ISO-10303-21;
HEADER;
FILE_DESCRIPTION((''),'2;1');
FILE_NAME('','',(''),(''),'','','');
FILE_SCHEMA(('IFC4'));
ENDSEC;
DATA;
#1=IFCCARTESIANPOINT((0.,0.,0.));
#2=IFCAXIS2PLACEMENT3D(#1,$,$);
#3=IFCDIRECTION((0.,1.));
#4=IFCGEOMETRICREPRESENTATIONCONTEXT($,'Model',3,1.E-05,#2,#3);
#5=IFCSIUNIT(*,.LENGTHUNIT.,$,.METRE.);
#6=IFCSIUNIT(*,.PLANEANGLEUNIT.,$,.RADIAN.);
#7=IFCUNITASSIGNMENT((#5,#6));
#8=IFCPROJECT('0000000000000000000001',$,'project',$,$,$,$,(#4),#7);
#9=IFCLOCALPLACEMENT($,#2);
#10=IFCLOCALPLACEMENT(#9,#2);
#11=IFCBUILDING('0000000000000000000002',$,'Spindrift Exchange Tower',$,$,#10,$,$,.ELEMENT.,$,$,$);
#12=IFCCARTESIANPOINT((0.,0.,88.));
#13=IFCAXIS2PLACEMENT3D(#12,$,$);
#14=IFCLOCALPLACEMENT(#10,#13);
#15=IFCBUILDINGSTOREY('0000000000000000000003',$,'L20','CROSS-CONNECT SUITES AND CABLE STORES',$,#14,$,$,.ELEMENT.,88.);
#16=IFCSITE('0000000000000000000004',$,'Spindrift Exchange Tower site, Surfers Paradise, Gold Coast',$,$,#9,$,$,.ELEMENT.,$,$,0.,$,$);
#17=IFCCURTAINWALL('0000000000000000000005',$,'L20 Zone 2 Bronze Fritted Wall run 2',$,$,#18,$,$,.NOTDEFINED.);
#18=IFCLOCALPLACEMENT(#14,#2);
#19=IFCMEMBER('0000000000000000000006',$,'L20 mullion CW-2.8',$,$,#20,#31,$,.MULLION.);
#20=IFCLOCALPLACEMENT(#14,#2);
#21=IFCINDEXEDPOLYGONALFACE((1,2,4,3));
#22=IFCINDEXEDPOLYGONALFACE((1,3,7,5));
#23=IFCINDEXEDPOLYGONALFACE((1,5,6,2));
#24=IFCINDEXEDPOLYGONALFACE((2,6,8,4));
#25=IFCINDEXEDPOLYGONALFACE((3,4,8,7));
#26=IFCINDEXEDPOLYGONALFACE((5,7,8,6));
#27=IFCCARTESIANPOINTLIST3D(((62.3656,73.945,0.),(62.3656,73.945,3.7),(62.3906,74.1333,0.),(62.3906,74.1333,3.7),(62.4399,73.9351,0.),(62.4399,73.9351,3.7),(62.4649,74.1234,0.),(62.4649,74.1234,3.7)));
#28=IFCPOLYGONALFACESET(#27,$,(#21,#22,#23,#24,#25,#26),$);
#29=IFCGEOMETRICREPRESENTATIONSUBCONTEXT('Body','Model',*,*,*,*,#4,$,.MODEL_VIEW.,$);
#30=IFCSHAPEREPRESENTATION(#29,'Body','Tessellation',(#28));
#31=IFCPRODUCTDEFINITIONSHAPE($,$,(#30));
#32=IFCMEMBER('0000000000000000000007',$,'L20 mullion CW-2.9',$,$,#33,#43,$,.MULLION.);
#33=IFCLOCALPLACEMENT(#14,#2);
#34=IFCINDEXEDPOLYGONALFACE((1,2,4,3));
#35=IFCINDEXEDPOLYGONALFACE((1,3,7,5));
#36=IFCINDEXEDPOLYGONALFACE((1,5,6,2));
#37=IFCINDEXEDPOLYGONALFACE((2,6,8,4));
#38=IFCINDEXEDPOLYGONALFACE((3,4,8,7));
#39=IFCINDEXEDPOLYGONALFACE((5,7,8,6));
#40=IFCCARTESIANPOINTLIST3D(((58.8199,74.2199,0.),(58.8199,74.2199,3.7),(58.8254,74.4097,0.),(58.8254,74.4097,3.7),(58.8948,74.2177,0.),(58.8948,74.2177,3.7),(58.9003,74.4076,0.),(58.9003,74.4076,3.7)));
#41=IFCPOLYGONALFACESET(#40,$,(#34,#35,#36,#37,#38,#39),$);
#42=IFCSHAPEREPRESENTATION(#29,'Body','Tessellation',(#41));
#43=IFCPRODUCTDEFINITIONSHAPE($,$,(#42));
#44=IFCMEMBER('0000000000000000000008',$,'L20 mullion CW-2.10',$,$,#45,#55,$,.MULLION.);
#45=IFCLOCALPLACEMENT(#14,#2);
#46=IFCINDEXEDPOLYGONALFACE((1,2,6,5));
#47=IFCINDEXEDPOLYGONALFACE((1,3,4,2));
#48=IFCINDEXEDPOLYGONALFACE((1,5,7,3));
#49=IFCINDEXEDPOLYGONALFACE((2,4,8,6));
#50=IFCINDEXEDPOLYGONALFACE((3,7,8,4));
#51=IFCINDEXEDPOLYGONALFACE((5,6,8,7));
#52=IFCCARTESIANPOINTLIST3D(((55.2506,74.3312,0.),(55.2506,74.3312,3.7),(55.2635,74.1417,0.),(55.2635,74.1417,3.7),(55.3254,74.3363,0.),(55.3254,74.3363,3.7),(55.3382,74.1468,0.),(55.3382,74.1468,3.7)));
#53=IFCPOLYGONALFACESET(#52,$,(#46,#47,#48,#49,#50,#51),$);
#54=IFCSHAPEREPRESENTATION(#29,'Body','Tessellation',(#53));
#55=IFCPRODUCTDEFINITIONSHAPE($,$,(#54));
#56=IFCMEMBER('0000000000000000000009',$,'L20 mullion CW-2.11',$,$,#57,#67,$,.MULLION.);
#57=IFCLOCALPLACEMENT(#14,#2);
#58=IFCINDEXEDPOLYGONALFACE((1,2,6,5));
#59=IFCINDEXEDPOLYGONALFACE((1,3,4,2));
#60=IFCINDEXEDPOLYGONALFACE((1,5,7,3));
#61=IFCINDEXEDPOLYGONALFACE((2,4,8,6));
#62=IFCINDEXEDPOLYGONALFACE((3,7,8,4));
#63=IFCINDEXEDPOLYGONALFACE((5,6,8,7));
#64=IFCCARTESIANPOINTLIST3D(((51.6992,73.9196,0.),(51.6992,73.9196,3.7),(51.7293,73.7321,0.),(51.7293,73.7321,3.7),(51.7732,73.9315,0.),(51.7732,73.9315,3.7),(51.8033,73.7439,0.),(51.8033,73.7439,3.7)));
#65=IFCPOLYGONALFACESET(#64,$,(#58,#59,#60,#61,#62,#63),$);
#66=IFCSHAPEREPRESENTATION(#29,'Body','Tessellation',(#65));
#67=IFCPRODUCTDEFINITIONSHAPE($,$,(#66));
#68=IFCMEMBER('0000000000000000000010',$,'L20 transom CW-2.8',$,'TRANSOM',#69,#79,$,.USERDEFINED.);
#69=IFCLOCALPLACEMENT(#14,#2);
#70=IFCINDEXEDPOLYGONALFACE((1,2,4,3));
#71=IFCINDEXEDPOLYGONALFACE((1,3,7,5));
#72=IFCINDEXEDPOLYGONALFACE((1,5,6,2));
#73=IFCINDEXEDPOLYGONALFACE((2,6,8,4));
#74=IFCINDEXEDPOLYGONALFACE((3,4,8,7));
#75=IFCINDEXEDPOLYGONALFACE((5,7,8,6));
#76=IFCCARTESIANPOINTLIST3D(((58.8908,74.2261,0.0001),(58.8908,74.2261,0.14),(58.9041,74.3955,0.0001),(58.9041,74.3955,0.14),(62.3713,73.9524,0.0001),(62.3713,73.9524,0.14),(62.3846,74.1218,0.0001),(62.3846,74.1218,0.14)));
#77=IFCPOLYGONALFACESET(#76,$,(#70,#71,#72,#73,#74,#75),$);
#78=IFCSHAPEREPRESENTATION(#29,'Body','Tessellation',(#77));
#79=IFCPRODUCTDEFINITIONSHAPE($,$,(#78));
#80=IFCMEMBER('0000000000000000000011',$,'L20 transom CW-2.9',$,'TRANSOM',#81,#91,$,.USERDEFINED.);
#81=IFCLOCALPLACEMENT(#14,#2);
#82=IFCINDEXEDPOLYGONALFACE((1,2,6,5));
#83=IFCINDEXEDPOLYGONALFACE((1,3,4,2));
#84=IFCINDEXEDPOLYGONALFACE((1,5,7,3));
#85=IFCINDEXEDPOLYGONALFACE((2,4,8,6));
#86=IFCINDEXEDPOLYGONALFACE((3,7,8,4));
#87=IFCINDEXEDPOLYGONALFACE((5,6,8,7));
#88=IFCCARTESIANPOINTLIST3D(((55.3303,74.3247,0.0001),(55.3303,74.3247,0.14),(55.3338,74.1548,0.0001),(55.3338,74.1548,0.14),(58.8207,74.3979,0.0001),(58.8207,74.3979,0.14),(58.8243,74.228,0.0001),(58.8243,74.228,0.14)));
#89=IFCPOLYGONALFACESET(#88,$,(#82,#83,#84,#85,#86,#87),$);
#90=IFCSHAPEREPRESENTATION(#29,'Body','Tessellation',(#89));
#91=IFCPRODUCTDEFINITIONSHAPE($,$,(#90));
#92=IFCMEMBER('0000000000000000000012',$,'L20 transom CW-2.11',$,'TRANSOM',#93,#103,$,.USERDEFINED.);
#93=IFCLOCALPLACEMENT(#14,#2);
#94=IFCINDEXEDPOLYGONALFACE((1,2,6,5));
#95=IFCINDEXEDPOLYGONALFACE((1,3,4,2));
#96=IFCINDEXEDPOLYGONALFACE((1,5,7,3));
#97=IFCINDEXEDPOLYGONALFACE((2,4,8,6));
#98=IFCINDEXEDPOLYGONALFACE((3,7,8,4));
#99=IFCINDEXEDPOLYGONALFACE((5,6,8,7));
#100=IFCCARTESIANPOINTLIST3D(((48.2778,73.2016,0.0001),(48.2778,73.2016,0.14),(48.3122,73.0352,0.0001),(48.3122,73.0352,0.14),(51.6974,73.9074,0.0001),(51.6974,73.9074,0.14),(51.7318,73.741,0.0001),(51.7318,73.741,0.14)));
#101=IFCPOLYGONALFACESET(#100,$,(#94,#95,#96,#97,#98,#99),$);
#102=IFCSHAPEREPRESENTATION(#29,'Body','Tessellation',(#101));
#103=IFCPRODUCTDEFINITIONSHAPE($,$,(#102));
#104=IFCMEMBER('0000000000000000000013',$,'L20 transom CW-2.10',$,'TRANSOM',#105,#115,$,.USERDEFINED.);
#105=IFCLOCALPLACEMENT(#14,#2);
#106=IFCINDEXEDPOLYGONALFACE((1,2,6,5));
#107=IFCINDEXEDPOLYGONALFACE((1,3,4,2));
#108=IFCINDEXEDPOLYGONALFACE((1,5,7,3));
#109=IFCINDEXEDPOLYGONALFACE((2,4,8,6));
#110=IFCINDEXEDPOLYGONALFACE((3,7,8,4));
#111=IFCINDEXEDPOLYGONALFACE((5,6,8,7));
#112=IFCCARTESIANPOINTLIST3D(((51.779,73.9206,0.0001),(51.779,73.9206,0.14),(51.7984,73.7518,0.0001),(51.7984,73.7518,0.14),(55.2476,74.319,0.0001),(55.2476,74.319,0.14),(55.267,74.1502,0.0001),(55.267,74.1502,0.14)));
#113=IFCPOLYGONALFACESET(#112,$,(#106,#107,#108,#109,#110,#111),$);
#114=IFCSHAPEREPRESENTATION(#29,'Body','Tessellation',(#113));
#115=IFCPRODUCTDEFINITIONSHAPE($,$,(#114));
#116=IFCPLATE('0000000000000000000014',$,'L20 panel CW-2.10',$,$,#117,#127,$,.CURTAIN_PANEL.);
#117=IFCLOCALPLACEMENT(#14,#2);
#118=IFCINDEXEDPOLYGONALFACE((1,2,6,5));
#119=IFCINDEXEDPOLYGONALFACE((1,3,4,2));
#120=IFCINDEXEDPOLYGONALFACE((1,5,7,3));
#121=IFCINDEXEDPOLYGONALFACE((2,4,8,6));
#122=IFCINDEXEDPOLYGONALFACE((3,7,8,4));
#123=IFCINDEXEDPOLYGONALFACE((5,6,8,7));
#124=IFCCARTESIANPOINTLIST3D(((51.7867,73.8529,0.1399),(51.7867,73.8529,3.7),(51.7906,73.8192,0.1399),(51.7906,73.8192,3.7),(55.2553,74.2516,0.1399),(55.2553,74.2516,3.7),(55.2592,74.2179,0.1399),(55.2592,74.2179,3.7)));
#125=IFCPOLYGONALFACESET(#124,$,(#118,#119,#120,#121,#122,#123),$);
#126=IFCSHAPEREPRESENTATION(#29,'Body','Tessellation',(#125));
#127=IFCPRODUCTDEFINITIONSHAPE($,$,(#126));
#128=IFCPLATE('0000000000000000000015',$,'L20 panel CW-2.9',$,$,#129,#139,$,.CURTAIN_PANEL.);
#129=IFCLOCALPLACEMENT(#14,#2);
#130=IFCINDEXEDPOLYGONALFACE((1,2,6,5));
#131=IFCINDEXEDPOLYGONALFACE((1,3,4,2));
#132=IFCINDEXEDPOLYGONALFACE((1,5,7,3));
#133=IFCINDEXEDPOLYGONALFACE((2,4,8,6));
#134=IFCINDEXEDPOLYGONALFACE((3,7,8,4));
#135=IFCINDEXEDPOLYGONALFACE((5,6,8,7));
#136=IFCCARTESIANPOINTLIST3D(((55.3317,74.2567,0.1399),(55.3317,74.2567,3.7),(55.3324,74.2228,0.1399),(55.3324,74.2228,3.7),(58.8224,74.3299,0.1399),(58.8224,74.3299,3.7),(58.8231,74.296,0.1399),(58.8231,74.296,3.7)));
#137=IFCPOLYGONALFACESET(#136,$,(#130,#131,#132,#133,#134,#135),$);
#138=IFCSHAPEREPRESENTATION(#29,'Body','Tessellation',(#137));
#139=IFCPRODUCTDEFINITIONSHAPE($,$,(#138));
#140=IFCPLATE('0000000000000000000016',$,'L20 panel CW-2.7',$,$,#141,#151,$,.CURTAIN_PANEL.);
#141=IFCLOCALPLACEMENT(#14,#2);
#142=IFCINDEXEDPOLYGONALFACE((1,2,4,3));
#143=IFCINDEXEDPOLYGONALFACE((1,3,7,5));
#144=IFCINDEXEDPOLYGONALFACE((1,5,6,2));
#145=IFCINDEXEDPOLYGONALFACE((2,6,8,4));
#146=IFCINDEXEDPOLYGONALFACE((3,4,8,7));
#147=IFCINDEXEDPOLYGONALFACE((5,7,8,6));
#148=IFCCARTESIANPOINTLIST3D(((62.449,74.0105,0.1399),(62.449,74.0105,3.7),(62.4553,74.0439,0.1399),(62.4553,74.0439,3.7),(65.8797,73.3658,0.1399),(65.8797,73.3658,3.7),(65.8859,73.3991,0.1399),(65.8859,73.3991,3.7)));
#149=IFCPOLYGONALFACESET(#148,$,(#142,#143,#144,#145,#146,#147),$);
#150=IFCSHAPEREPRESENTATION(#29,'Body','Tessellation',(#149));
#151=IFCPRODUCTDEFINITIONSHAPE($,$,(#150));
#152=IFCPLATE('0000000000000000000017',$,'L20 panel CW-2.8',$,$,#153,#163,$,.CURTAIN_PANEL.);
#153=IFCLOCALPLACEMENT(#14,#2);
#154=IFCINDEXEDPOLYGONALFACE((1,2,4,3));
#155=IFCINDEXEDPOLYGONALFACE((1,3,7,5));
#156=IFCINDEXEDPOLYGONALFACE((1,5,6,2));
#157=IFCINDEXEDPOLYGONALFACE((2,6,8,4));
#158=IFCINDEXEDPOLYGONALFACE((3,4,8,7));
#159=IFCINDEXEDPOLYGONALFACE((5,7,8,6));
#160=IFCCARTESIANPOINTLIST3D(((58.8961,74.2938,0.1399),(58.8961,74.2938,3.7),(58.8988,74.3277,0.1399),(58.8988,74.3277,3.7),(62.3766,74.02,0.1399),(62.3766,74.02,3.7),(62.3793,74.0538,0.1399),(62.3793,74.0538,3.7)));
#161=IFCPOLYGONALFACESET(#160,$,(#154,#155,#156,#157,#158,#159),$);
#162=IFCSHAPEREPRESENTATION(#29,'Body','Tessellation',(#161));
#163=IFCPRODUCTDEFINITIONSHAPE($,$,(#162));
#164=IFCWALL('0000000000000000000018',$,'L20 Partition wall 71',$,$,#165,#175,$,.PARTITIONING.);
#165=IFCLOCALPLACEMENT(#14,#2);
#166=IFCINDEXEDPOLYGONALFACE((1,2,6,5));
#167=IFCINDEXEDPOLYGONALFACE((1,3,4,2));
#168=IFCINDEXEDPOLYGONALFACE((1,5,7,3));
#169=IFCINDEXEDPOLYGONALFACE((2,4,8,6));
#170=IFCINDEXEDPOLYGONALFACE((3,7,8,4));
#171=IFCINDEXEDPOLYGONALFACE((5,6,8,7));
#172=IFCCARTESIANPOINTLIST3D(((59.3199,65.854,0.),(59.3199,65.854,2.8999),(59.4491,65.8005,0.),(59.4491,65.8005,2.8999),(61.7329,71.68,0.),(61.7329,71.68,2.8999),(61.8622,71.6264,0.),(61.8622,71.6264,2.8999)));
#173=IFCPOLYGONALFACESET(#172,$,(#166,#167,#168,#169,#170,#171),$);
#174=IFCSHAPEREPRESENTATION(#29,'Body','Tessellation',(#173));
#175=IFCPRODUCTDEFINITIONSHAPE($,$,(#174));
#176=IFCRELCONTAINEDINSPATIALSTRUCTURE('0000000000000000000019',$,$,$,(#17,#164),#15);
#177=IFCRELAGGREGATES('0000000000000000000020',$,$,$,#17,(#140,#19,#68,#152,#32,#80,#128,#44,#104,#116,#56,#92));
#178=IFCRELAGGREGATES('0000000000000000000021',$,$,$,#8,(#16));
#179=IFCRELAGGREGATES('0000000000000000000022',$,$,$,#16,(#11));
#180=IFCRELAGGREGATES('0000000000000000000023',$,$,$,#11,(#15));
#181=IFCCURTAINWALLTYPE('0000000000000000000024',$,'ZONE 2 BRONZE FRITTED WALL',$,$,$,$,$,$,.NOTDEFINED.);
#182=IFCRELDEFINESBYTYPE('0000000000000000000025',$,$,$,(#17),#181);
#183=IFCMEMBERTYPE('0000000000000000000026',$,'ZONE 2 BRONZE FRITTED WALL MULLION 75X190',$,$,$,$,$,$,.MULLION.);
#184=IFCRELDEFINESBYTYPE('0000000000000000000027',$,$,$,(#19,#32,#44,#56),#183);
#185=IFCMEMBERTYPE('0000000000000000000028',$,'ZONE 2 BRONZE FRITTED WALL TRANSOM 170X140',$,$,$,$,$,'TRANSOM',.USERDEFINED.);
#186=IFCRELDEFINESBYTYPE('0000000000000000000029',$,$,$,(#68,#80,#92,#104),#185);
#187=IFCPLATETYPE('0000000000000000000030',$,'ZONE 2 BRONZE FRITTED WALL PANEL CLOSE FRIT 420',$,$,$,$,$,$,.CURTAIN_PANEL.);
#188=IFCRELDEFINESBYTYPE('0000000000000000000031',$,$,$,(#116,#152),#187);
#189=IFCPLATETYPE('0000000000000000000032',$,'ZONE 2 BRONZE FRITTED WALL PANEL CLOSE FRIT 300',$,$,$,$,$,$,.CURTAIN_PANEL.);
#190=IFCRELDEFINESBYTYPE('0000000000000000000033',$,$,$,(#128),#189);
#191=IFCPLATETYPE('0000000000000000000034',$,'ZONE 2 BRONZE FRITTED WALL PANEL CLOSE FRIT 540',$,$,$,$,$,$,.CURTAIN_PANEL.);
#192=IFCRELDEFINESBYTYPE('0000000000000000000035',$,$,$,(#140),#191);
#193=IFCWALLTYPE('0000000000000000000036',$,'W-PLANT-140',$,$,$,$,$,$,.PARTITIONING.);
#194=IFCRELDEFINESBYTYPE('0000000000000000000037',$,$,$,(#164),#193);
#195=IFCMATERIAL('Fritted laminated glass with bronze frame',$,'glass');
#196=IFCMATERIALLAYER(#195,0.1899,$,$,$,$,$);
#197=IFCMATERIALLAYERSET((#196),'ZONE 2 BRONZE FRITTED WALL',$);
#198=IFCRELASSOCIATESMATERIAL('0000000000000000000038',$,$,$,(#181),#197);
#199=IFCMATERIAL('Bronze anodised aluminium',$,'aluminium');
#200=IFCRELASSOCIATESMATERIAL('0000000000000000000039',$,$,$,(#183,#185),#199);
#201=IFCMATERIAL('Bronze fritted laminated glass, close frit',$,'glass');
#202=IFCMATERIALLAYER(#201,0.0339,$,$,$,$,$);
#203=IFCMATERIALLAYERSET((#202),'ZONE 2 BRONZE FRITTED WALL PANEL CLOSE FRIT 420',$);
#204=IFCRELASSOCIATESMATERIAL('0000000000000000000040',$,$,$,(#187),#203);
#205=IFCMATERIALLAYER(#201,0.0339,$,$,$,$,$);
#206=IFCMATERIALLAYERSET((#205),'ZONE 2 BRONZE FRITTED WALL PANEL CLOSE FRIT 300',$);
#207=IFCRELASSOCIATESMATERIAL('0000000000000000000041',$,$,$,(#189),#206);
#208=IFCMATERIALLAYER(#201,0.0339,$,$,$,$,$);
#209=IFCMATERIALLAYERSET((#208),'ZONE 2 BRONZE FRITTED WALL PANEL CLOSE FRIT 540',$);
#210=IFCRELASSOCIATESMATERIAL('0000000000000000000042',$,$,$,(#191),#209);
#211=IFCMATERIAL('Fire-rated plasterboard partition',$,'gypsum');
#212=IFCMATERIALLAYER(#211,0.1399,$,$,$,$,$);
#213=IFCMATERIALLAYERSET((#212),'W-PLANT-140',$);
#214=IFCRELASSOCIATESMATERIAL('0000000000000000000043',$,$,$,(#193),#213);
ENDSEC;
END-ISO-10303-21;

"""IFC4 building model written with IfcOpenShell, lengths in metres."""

from ifc_helpers import new_model, si_unit, direction, frame, frame_2d, origin, origin_2d, place, context, subcontext, project, spatial, rectangle, extrude, source, transform, mapped, material, layer, layer_set, material_profile, profile_set, type_object, element, aggregate, save


model = new_model("IFC4")

# Units and contexts
model_context = context("Model", 3, precision=1e-05, world=origin(), true_north=direction((0.0, 1.0)))
body_context = subcontext(model_context, "Body", "Model", "MODEL_VIEW")
ifc_project = project(units=[si_unit("LENGTHUNIT", "METRE"), si_unit("PLANEANGLEUNIT", "RADIAN")], contexts=[model_context])

# Site, building, storey
site_placement = place(None, origin())
site = spatial("IfcSite", under=ifc_project, at=site_placement, Name="Spindrift Exchange Tower site, Surfers Paradise, Gold Coast", CompositionType="ELEMENT", RefElevation=0.0)
building_placement = place(site_placement, origin())
building = spatial("IfcBuilding", under=site, at=building_placement, Name="Spindrift Exchange Tower", CompositionType="ELEMENT")
storey_placement = place(building_placement, frame((0.0, 0.0, 88.0)))
storey = spatial("IfcBuildingStorey", under=building, at=storey_placement, Name="L20", Description="CROSS-CONNECT SUITES AND CABLE STORES", CompositionType="ELEMENT", Elevation=88.0)

# Curtain wall, members, plates
ifc_material_1 = material(Name="Fritted laminated glass with bronze frame", Category="glass")
ifc_layer_1 = layer(ifc_material_1, 0.1899)
ifc_layer_set_1 = layer_set([ifc_layer_1], Name="ZONE 2 BRONZE FRITTED WALL")
curtain_wall_type = type_object("IfcCurtainWallType", Name="ZONE 2 BRONZE FRITTED WALL", PredefinedType="NOTDEFINED", material=ifc_layer_set_1)
curtain_wall_placement = place(storey_placement, origin())
curtain_wall = element("IfcCurtainWall", 1, at=curtain_wall_placement, inside=storey, type_object=curtain_wall_type, Name="L20 Zone 2 Bronze Fritted Wall run 2", PredefinedType="NOTDEFINED")
ifc_material_2 = material(Name="Bronze anodised aluminium", Category="aluminium")
ifc_material_profile_1 = material_profile(ifc_material_2, rectangle(XDim=0.075, YDim=0.1899, at=origin_2d()), Name="ZONE 2 BRONZE FRITTED WALL MULLION 75X190")
ifc_profile_set_1 = profile_set([ifc_material_profile_1], Name="Bronze anodised aluminium")
member_type_1 = type_object("IfcMemberType", Name="ZONE 2 BRONZE FRITTED WALL MULLION 75X190", PredefinedType="MULLION", material=ifc_profile_set_1)
shared_shape_1 = source(origin(), body_context, "Body", "SweptSolid", [
    extrude(rectangle(XDim=0.075, YDim=0.1899, at=origin_2d()), origin(), (0.0, 0.0, 1.0), 3.7),
])
member_1_placement = place(storey_placement, frame((62.4153, 74.0342, 0.0), z_axis=(0.0, 0.0, 1.0), x_axis=(-0.991283, 0.131753, 0.0)))
member_1 = element("IfcMember", 2, at=member_1_placement, type_object=member_type_1, Name="L20 mullion CW-2.8", PredefinedType="MULLION", context=body_context, shape_type="MappedRepresentation", body=[
    mapped(shared_shape_1, transform((0.0, 0.0, 0.0), scale=1.0)),
])
member_2_placement = place(storey_placement, frame((58.8601, 74.3137, 0.0), z_axis=(0.0, 0.0, 1.0), x_axis=(-0.999586, 0.028764, 0.0)))
member_2 = element("IfcMember", 3, at=member_2_placement, type_object=member_type_1, Name="L20 mullion CW-2.9", PredefinedType="MULLION", context=body_context, shape_type="MappedRepresentation", body=[
    mapped(shared_shape_1, transform((0.0, 0.0, 0.0), scale=1.0)),
])
member_3_placement = place(storey_placement, frame((55.2944, 74.239, 0.0), z_axis=(0.0, 0.0, 1.0), x_axis=(-0.997709, -0.067647, 0.0)))
member_3 = element("IfcMember", 4, at=member_3_placement, type_object=member_type_1, Name="L20 mullion CW-2.10", PredefinedType="MULLION", context=body_context, shape_type="MappedRepresentation", body=[
    mapped(shared_shape_1, transform((0.0, 0.0, 0.0), scale=1.0)),
])
member_4_placement = place(storey_placement, frame((51.7512, 73.8318, 0.0), z_axis=(0.0, 0.0, 1.0), x_axis=(-0.98739, -0.158306, 0.0)))
member_4 = element("IfcMember", 5, at=member_4_placement, type_object=member_type_1, Name="L20 mullion CW-2.11", PredefinedType="MULLION", context=body_context, shape_type="MappedRepresentation", body=[
    mapped(shared_shape_1, transform((0.0, 0.0, 0.0), scale=1.0)),
])
ifc_material_profile_2 = material_profile(ifc_material_2, rectangle(XDim=0.1699, YDim=0.1399, at=origin_2d()), Name="ZONE 2 BRONZE FRITTED WALL TRANSOM 170X140")
ifc_profile_set_2 = profile_set([ifc_material_profile_2], Name="Bronze anodised aluminium")
member_type_2 = type_object("IfcMemberType", Name="ZONE 2 BRONZE FRITTED WALL TRANSOM 170X140", ElementType="TRANSOM", PredefinedType="USERDEFINED", material=ifc_profile_set_2)
shared_shape_2 = source(origin(), body_context, "Body", "SweptSolid", [
    extrude(rectangle(XDim=0.1699, YDim=0.1399, at=origin_2d()), origin(), (0.0, 0.0, 1.0), 3.4912),
])
member_5_placement = place(storey_placement, frame((62.3779, 74.0371, 0.0701), z_axis=(-0.996923, 0.078392, 0.0), x_axis=(-0.078392, -0.996923, 0.0)))
member_5 = element("IfcMember", 6, at=member_5_placement, type_object=member_type_2, Name="L20 transom CW-2.8", ObjectType="TRANSOM", PredefinedType="USERDEFINED", context=body_context, shape_type="MappedRepresentation", body=[
    mapped(shared_shape_2, transform((0.0, 0.0, 0.0), scale=1.0)),
])
member_6_placement = place(storey_placement, frame((58.8225, 74.313, 0.0701), z_axis=(-0.99978, -0.020979, 0.0), x_axis=(0.020979, -0.99978, 0.0)))
member_6 = element("IfcMember", 7, at=member_6_placement, type_object=member_type_2, Name="L20 transom CW-2.9", ObjectType="TRANSOM", PredefinedType="USERDEFINED", context=body_context, shape_type="MappedRepresentation", body=[
    mapped(shared_shape_2, transform((0.0, 0.0, 0.0), scale=1.0)),
])
shared_shape_3 = source(origin(), body_context, "Body", "SweptSolid", [
    extrude(rectangle(XDim=0.1699, YDim=0.1399, at=origin_2d()), origin(), (0.0, 0.0, 1.0), 3.4917),
])
member_7_placement = place(storey_placement, frame((51.7146, 73.8242, 0.0701), z_axis=(-0.979357, -0.202136, 0.0), x_axis=(0.202136, -0.979357, 0.0)))
member_7 = element("IfcMember", 8, at=member_7_placement, type_object=member_type_2, Name="L20 transom CW-2.11", ObjectType="TRANSOM", PredefinedType="USERDEFINED", context=body_context, shape_type="MappedRepresentation", body=[
    mapped(shared_shape_3, transform((0.0, 0.0, 0.0), scale=1.0)),
])
shared_shape_4 = source(origin(), body_context, "Body", "SweptSolid", [
    extrude(rectangle(XDim=0.1699, YDim=0.1399, at=origin_2d()), origin(), (0.0, 0.0, 1.0), 3.4915),
])
member_8_placement = place(storey_placement, frame((55.2573, 74.2346, 0.0701), z_axis=(-0.993468, -0.114115, 0.0), x_axis=(0.114115, -0.993468, 0.0)))
member_8 = element("IfcMember", 9, at=member_8_placement, type_object=member_type_2, Name="L20 transom CW-2.10", ObjectType="TRANSOM", PredefinedType="USERDEFINED", context=body_context, shape_type="MappedRepresentation", body=[
    mapped(shared_shape_4, transform((0.0, 0.0, 0.0), scale=1.0)),
])
ifc_material_3 = material(Name="Bronze fritted laminated glass, close frit", Category="glass")
ifc_layer_2 = layer(ifc_material_3, 0.0339)
ifc_layer_set_2 = layer_set([ifc_layer_2], Name="ZONE 2 BRONZE FRITTED WALL PANEL CLOSE FRIT 420")
plate_type_1 = type_object("IfcPlateType", Name="ZONE 2 BRONZE FRITTED WALL PANEL CLOSE FRIT 420", PredefinedType="CURTAIN_PANEL", material=ifc_layer_set_2)
shared_shape_5 = source(origin(), body_context, "Body", "SweptSolid", [
    extrude(rectangle(XDim=3.4915, YDim=0.0339, at=origin_2d()), origin(), (0.0, 0.0, 1.0), 3.5601),
])
plate_1_placement = place(storey_placement, frame((53.5229, 74.0354, 0.1399), z_axis=(0.0, 0.0, 1.0), x_axis=(-0.993461, -0.114173, 0.0)))
plate_1 = element("IfcPlate", 10, at=plate_1_placement, type_object=plate_type_1, Name="L20 panel CW-2.10", PredefinedType="CURTAIN_PANEL", context=body_context, shape_type="MappedRepresentation", body=[
    mapped(shared_shape_5, transform((0.0, 0.0, 0.0), scale=1.0)),
])
ifc_layer_3 = layer(ifc_material_3, 0.0339)
ifc_layer_set_3 = layer_set([ifc_layer_3], Name="ZONE 2 BRONZE FRITTED WALL PANEL CLOSE FRIT 300")
plate_type_2 = type_object("IfcPlateType", Name="ZONE 2 BRONZE FRITTED WALL PANEL CLOSE FRIT 300", PredefinedType="CURTAIN_PANEL", material=ifc_layer_set_3)
shared_shape_6 = source(origin(), body_context, "Body", "SweptSolid", [
    extrude(rectangle(XDim=3.4915, YDim=0.0339, at=origin_2d()), origin(), (0.0, 0.0, 1.0), 3.5601),
])
plate_2_placement = place(storey_placement, frame((57.0774, 74.2764, 0.1399), z_axis=(0.0, 0.0, 1.0), x_axis=(-0.99978, -0.020974, 0.0)))
plate_2 = element("IfcPlate", 11, at=plate_2_placement, type_object=plate_type_2, Name="L20 panel CW-2.9", PredefinedType="CURTAIN_PANEL", context=body_context, shape_type="MappedRepresentation", body=[
    mapped(shared_shape_6, transform((0.0, 0.0, 0.0), scale=1.0)),
])
ifc_layer_4 = layer(ifc_material_3, 0.0339)
ifc_layer_set_4 = layer_set([ifc_layer_4], Name="ZONE 2 BRONZE FRITTED WALL PANEL CLOSE FRIT 540")
plate_type_3 = type_object("IfcPlateType", Name="ZONE 2 BRONZE FRITTED WALL PANEL CLOSE FRIT 540", PredefinedType="CURTAIN_PANEL", material=ifc_layer_set_4)
shared_shape_7 = source(origin(), body_context, "Body", "SweptSolid", [
    extrude(rectangle(XDim=3.4907, YDim=0.0339, at=origin_2d()), origin(), (0.0, 0.0, 1.0), 3.5601),
])
plate_3_placement = place(storey_placement, frame((64.1675, 73.7048, 0.1399), z_axis=(0.0, 0.0, 1.0), x_axis=(-0.982796, 0.184696, 0.0)))
plate_3 = element("IfcPlate", 12, at=plate_3_placement, type_object=plate_type_3, Name="L20 panel CW-2.7", PredefinedType="CURTAIN_PANEL", context=body_context, shape_type="MappedRepresentation", body=[
    mapped(shared_shape_7, transform((0.0, 0.0, 0.0), scale=1.0)),
])
shared_shape_8 = source(origin(), body_context, "Body", "SweptSolid", [
    extrude(rectangle(XDim=3.4912, YDim=0.0339, at=origin_2d()), origin(), (0.0, 0.0, 1.0), 3.5601),
])
plate_4_placement = place(storey_placement, frame((60.6377, 74.1738, 0.1399), z_axis=(0.0, 0.0, 1.0), x_axis=(-0.99692, 0.078431, 0.0)))
plate_4 = element("IfcPlate", 13, at=plate_4_placement, type_object=plate_type_1, Name="L20 panel CW-2.8", PredefinedType="CURTAIN_PANEL", context=body_context, shape_type="MappedRepresentation", body=[
    mapped(shared_shape_8, transform((0.0, 0.0, 0.0), scale=1.0)),
])
aggregate(curtain_wall, [plate_3, member_1, member_5, plate_4, member_2, member_6, plate_2, member_3, member_8, plate_1, member_4, member_7])

# Wall
ifc_material_4 = material(Name="Fire-rated plasterboard partition", Category="gypsum")
ifc_layer_5 = layer(ifc_material_4, 0.1399)
ifc_layer_set_5 = layer_set([ifc_layer_5], Name="W-PLANT-140")
wall_type = type_object("IfcWallType", Name="W-PLANT-140", PredefinedType="PARTITIONING", material=ifc_layer_set_5)
wall_1_placement = place(storey_placement, frame((59.3845, 65.8274, 0.0), z_axis=(0.0, 0.0, 1.0), x_axis=(0.382671, 0.923885, 0.0)))
element("IfcWall", 14, at=wall_1_placement, inside=storey, type_object=wall_type, Name="L20 Partition wall 71", PredefinedType="PARTITIONING", context=body_context, shape_type="SweptSolid", body=[
    extrude(rectangle(XDim=6.3059, YDim=0.1399, at=frame_2d((3.1528, 0.0))), origin(), (0.0, 0.0, 1.0), 2.8999),
])

save(model, "model.ifc")
